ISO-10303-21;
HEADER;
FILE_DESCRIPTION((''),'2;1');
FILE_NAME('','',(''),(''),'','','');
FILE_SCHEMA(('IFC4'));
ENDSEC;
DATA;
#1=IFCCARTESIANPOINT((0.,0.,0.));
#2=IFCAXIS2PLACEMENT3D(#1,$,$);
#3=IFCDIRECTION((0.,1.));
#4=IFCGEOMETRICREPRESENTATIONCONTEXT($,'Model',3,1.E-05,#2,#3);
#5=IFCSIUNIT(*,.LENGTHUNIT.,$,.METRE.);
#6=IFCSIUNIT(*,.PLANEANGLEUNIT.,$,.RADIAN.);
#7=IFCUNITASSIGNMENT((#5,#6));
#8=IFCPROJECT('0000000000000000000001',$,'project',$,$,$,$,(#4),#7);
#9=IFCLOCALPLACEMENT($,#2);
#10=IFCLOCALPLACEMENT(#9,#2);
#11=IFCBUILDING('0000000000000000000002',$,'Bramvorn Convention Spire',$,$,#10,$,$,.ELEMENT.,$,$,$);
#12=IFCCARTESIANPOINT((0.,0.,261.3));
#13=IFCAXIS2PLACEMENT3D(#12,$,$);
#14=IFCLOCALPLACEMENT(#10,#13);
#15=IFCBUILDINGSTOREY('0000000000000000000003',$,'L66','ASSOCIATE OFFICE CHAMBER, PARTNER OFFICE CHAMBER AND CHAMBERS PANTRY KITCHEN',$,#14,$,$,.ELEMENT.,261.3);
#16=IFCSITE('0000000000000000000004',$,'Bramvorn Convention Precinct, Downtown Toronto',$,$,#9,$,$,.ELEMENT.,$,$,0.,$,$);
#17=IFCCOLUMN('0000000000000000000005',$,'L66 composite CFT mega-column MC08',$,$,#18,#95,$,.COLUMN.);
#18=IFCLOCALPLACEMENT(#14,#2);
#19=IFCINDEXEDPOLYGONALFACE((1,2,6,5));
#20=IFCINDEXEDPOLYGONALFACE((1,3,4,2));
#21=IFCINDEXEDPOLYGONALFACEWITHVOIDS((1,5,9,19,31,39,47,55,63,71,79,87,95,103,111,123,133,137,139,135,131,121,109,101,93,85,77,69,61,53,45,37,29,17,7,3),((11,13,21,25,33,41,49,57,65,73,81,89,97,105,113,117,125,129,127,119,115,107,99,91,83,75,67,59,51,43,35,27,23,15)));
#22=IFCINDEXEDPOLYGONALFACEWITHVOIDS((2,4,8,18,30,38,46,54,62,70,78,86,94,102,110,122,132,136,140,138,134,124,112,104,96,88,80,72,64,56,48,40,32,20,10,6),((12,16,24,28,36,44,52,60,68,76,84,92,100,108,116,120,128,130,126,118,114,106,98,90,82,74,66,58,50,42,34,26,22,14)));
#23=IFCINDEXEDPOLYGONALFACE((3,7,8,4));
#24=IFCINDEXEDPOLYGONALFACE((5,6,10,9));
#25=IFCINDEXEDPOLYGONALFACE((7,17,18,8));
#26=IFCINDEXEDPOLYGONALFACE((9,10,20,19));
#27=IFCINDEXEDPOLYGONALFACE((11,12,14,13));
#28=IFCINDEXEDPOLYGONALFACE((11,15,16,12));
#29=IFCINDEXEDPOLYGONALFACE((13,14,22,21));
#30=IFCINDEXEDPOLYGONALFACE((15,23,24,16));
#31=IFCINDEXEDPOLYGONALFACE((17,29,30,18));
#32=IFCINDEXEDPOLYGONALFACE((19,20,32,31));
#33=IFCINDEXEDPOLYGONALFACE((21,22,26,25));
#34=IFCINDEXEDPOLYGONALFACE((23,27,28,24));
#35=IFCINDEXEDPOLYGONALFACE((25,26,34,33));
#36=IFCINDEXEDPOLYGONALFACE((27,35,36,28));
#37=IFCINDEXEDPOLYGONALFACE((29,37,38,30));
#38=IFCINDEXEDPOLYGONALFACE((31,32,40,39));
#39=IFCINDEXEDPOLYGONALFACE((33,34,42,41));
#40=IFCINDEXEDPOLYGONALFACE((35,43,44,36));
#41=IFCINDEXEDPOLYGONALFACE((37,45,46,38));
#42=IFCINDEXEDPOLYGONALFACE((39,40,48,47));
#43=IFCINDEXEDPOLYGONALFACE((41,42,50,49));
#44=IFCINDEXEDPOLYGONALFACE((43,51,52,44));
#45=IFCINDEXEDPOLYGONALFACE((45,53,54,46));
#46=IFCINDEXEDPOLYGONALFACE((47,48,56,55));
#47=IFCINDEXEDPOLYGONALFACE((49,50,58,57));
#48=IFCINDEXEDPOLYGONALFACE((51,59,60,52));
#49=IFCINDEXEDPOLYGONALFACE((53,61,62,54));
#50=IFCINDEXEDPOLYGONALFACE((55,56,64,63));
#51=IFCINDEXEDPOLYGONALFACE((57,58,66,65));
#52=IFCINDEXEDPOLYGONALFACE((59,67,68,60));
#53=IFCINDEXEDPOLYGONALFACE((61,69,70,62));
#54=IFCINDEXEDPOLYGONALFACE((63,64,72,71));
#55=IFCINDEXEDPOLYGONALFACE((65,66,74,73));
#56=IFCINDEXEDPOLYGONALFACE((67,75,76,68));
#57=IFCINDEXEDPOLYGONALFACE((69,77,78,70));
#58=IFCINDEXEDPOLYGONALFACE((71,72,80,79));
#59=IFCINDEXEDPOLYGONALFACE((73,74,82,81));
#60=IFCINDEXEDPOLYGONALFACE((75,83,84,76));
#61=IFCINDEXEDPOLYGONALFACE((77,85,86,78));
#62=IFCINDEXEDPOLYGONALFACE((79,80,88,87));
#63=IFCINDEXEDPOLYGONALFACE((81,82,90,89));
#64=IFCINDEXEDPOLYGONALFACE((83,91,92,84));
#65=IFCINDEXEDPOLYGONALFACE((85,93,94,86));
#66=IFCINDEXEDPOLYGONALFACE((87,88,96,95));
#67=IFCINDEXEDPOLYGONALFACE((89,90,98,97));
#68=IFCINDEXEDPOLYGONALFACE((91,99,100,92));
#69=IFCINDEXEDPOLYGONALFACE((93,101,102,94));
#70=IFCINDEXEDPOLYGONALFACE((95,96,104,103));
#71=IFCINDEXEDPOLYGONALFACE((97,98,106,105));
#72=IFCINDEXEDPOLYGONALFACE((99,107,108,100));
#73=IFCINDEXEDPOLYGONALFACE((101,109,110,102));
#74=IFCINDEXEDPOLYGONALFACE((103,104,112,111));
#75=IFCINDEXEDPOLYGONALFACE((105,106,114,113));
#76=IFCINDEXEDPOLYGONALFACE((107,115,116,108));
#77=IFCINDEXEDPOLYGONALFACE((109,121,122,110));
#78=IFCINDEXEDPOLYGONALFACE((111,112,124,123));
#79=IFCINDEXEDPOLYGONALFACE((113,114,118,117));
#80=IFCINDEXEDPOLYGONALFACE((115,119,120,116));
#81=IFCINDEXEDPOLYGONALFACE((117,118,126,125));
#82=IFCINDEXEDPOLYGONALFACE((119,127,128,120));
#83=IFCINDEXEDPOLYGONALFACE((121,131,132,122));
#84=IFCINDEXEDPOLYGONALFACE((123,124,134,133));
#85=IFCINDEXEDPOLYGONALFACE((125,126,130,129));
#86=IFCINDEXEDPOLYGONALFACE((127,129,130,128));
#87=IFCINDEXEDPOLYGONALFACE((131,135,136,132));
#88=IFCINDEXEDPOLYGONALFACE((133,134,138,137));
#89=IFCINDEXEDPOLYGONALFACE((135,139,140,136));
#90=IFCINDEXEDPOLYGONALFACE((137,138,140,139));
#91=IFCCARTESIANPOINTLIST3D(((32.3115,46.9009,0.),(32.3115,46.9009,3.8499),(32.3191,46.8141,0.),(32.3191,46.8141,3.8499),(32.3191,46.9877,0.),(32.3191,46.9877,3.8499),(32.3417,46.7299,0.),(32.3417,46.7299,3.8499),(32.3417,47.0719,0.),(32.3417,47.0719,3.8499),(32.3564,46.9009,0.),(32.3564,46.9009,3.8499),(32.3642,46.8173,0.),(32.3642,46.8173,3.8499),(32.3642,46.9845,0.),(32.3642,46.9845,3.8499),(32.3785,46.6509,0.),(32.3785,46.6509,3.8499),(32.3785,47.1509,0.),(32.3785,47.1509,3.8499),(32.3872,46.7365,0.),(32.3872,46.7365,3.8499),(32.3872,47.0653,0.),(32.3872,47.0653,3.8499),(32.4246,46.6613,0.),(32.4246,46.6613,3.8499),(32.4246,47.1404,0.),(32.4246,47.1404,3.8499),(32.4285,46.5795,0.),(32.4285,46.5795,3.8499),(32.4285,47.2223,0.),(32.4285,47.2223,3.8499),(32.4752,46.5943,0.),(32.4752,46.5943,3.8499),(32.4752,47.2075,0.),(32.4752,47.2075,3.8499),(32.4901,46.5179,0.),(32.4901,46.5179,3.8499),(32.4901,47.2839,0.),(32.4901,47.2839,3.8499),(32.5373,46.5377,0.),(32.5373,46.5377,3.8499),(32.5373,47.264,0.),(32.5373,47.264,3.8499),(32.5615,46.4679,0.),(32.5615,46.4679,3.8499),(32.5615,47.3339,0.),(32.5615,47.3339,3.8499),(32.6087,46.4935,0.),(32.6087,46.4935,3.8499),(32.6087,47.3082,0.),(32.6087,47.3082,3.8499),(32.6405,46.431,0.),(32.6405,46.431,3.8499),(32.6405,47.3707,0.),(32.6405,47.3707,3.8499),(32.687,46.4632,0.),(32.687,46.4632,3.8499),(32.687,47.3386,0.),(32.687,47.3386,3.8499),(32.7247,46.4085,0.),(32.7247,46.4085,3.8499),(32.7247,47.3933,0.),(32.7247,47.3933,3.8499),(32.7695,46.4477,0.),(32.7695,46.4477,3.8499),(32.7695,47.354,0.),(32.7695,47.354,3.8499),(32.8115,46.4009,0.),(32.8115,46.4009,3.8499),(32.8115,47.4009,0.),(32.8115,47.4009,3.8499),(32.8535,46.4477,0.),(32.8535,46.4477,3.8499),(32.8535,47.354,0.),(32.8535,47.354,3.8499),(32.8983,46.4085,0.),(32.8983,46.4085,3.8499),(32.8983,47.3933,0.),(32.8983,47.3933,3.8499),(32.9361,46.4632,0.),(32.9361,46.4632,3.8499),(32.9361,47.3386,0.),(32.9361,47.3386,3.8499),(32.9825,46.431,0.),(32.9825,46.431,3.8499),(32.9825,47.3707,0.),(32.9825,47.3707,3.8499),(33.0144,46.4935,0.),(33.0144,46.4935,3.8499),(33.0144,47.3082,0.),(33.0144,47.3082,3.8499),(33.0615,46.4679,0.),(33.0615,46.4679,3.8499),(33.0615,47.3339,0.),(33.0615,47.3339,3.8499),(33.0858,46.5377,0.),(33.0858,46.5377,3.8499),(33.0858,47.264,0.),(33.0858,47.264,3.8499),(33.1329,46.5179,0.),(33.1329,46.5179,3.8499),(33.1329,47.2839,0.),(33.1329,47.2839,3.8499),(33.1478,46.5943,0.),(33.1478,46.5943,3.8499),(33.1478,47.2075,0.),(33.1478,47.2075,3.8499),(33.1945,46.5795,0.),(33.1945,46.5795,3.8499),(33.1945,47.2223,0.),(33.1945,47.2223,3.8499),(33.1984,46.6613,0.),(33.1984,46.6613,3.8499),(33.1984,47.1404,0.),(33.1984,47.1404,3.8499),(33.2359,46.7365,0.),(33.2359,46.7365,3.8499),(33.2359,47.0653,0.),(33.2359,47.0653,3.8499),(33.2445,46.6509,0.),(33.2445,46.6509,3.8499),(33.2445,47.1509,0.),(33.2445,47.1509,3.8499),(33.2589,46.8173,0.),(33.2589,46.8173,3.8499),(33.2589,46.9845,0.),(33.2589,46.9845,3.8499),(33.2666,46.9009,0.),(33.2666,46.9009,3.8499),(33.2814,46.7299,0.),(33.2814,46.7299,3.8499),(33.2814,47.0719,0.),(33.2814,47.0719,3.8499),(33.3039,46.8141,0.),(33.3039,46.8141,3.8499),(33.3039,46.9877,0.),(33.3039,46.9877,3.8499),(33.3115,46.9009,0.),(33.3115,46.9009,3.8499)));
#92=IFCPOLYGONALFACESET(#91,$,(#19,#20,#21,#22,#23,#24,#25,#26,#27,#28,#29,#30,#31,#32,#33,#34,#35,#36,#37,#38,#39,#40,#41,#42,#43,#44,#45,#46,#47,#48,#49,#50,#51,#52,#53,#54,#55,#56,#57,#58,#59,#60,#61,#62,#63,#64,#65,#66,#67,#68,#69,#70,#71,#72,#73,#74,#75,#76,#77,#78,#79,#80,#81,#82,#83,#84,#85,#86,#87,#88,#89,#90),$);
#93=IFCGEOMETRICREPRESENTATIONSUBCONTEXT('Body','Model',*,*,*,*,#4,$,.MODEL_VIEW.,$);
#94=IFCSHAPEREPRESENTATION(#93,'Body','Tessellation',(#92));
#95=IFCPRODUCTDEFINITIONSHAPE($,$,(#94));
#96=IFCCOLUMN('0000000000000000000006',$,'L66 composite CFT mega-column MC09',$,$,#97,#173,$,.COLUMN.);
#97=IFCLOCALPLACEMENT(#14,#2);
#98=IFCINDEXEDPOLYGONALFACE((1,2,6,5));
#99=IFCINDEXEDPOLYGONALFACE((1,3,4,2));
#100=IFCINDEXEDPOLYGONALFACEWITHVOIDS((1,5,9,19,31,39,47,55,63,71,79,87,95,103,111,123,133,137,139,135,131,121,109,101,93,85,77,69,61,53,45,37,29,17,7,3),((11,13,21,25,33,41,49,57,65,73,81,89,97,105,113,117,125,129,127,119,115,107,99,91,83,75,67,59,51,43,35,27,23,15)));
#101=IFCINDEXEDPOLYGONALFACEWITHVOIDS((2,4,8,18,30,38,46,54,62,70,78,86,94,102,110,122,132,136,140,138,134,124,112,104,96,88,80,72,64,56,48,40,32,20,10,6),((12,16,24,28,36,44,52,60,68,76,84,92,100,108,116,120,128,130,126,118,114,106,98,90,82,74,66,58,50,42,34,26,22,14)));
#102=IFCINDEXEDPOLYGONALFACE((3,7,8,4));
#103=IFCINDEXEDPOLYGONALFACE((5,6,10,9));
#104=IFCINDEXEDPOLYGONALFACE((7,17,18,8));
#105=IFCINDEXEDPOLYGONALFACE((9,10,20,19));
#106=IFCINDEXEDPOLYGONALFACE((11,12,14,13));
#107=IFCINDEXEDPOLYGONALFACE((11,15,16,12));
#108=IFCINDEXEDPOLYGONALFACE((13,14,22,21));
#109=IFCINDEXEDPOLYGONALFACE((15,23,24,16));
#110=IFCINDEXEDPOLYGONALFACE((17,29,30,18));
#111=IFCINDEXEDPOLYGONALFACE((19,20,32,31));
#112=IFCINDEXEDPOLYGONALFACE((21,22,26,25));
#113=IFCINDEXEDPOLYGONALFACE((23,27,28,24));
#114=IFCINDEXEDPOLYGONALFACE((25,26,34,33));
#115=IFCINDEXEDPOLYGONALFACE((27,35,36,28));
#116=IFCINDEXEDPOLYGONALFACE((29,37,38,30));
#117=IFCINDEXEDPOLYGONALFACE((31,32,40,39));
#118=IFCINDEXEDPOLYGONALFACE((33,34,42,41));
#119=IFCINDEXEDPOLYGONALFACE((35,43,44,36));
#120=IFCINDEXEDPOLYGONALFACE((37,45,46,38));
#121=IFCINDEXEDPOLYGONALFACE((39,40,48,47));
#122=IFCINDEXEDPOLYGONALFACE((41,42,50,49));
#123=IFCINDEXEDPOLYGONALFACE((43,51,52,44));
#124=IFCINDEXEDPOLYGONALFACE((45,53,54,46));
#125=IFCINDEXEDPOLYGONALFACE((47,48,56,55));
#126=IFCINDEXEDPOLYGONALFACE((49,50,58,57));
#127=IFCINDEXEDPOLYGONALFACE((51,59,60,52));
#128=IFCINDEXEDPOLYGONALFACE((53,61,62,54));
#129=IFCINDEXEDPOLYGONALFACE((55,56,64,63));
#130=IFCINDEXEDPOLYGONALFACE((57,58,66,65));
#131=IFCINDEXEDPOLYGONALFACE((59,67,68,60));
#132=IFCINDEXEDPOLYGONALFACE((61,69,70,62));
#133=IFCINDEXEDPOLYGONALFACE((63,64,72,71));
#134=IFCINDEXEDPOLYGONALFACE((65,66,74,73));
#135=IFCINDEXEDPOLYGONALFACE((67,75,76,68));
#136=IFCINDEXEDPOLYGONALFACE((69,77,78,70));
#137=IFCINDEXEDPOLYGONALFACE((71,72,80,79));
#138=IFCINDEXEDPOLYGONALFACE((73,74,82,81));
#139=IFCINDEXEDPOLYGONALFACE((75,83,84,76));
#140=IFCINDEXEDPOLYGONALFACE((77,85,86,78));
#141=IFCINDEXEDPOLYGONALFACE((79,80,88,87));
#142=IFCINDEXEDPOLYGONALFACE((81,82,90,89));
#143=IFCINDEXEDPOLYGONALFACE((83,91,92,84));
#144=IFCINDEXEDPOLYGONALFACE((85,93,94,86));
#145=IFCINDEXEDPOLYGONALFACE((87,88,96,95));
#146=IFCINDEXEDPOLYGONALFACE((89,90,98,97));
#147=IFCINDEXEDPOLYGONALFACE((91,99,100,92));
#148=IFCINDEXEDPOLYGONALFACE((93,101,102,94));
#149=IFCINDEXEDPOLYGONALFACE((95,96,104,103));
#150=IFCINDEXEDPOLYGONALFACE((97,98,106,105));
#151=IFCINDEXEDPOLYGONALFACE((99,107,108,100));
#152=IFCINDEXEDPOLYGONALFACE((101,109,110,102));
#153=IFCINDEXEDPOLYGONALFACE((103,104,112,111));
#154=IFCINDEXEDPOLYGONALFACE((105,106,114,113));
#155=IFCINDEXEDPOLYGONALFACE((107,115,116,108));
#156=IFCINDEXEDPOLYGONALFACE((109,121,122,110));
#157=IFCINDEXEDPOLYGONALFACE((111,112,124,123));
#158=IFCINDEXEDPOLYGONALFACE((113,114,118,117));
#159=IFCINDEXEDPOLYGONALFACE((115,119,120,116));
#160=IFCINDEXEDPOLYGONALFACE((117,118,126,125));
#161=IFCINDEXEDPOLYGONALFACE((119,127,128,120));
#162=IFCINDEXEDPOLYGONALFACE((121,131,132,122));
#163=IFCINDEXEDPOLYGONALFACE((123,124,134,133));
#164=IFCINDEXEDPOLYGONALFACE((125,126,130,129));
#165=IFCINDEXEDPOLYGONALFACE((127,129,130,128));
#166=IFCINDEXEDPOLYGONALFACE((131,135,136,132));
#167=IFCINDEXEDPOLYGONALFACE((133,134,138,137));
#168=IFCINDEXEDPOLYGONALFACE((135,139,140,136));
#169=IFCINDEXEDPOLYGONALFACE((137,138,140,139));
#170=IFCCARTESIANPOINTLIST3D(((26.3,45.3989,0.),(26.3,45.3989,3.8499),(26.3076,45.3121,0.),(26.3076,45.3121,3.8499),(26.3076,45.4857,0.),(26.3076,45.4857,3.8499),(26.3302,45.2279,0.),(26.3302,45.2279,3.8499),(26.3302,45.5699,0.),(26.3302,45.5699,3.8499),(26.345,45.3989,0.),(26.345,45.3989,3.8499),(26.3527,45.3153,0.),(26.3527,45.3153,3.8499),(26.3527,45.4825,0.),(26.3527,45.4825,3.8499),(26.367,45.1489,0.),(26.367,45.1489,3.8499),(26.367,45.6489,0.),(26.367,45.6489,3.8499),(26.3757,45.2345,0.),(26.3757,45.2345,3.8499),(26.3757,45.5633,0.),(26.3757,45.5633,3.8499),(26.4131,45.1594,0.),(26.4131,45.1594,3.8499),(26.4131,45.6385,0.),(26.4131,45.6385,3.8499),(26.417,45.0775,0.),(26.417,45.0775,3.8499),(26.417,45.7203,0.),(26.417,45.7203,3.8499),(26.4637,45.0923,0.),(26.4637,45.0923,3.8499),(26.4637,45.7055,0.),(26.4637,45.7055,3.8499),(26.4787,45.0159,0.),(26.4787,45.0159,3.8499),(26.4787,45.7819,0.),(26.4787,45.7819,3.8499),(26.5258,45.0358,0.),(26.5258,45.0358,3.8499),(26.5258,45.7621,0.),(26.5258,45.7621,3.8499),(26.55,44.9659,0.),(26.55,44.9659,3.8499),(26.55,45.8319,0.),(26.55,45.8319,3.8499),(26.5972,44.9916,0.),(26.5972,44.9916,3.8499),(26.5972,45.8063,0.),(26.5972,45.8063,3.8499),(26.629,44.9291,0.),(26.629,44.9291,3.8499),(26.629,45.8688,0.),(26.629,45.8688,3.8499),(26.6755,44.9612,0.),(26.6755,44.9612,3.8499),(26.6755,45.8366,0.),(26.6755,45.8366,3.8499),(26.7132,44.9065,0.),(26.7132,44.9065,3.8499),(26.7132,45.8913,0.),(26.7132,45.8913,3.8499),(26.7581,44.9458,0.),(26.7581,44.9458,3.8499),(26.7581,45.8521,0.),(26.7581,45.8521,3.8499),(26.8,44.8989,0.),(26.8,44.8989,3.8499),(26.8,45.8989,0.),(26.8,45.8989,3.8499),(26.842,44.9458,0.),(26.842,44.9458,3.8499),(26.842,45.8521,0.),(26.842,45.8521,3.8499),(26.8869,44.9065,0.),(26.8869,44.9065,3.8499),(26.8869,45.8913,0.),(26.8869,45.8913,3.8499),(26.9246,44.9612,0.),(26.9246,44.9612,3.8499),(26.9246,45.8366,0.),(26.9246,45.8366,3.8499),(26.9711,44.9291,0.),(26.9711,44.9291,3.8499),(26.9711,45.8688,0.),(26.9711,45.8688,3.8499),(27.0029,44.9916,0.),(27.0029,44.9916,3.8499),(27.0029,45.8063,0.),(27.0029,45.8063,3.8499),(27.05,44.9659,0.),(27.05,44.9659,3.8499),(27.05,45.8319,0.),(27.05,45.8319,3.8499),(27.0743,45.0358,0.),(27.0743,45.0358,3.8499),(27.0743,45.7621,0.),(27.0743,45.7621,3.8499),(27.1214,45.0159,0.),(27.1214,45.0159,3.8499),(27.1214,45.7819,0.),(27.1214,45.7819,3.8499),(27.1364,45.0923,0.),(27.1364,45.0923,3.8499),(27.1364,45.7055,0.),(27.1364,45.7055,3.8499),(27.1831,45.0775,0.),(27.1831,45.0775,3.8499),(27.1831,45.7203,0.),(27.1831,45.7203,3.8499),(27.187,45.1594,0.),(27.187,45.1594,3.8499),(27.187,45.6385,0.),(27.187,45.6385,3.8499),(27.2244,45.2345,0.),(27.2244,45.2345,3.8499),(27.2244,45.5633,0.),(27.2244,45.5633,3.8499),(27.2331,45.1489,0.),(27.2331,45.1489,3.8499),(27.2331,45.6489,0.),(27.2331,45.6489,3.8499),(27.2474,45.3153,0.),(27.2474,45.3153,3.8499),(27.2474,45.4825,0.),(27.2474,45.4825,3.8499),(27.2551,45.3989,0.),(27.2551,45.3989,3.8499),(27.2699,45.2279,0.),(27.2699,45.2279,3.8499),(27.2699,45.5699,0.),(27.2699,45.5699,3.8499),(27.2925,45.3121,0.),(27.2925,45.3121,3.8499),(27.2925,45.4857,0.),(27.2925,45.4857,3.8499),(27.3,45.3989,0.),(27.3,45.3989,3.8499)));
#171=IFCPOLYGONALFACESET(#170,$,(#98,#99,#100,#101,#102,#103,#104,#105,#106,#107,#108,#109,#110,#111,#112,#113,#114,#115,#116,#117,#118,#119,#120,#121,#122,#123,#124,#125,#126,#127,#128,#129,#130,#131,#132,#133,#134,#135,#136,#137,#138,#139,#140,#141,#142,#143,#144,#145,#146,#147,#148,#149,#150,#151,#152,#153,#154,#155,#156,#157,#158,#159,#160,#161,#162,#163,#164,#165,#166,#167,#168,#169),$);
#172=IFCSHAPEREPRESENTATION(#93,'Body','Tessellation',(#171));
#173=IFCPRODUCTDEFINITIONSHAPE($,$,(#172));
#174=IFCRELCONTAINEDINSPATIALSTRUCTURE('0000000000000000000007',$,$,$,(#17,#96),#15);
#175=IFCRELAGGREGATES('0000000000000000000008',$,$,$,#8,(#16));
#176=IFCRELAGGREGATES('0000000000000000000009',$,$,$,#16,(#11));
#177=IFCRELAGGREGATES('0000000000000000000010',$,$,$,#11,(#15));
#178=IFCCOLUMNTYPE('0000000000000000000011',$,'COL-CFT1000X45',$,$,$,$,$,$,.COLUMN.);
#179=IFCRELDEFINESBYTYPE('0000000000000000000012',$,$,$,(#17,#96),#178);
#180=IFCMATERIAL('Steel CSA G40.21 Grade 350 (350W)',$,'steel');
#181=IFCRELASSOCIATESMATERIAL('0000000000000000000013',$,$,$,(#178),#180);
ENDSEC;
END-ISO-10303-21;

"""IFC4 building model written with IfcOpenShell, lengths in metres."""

from ifc_helpers import new_model, si_unit, direction, frame, origin, origin_2d, place, context, subcontext, project, spatial, hollow_circle, extrude, material, material_profile, profile_set, type_object, element, save


model = new_model("IFC4")

# Units and contexts
model_context = context("Model", 3, precision=1e-05, world=origin(), true_north=direction((0.0, 1.0)))
body_context = subcontext(model_context, "Body", "Model", "MODEL_VIEW")
ifc_project = project(units=[si_unit("LENGTHUNIT", "METRE"), si_unit("PLANEANGLEUNIT", "RADIAN")], contexts=[model_context])

# Site, building, storey
site_placement = place(None, origin())
site = spatial("IfcSite", under=ifc_project, at=site_placement, Name="Bramvorn Convention Precinct, Downtown Toronto", CompositionType="ELEMENT", RefElevation=0.0)
building_placement = place(site_placement, origin())
building = spatial("IfcBuilding", under=site, at=building_placement, Name="Bramvorn Convention Spire", CompositionType="ELEMENT")
storey_placement = place(building_placement, frame((0.0, 0.0, 261.3)))
storey = spatial("IfcBuildingStorey", under=building, at=storey_placement, Name="L66", Description="ASSOCIATE OFFICE CHAMBER, PARTNER OFFICE CHAMBER AND CHAMBERS PANTRY KITCHEN", CompositionType="ELEMENT", Elevation=261.3)

# Columns
ifc_material_1 = material(Name="Steel CSA G40.21 Grade 350 (350W)", Category="steel")
ifc_material_profile_1 = material_profile(ifc_material_1, hollow_circle(Radius=0.5, WallThickness=0.0449, at=origin_2d()))
ifc_profile_set_1 = profile_set([ifc_material_profile_1], Name="Steel CSA G40.21 Grade 350 (350W) - CFT1000X45")
column_type = type_object("IfcColumnType", Name="COL-CFT1000X45", PredefinedType="COLUMN", material=ifc_profile_set_1)
for number, where, z_axis, x_axis, name in (
    (1, (32.8115, 46.9009, 0.0), (0.0, 0.0, 1.0), (1.0, 0.0, 0.0), "L66 composite CFT mega-column MC08"),
    (2, (26.8, 45.3989, 0.0), (0.0, 0.0, 1.0), (1.0, 0.0, 0.0), "L66 composite CFT mega-column MC09"),
):
    element("IfcColumn", number, at=place(storey_placement, frame(where, z_axis=z_axis, x_axis=x_axis)), inside=storey, type_object=column_type, Name=name, PredefinedType="COLUMN", context=body_context, shape_type="SweptSolid", body=[
        extrude(hollow_circle(Radius=0.5, WallThickness=0.0449, at=origin_2d()), origin(), (0.0, 0.0, 1.0), 3.8499),
    ])

save(model, "model.ifc")
